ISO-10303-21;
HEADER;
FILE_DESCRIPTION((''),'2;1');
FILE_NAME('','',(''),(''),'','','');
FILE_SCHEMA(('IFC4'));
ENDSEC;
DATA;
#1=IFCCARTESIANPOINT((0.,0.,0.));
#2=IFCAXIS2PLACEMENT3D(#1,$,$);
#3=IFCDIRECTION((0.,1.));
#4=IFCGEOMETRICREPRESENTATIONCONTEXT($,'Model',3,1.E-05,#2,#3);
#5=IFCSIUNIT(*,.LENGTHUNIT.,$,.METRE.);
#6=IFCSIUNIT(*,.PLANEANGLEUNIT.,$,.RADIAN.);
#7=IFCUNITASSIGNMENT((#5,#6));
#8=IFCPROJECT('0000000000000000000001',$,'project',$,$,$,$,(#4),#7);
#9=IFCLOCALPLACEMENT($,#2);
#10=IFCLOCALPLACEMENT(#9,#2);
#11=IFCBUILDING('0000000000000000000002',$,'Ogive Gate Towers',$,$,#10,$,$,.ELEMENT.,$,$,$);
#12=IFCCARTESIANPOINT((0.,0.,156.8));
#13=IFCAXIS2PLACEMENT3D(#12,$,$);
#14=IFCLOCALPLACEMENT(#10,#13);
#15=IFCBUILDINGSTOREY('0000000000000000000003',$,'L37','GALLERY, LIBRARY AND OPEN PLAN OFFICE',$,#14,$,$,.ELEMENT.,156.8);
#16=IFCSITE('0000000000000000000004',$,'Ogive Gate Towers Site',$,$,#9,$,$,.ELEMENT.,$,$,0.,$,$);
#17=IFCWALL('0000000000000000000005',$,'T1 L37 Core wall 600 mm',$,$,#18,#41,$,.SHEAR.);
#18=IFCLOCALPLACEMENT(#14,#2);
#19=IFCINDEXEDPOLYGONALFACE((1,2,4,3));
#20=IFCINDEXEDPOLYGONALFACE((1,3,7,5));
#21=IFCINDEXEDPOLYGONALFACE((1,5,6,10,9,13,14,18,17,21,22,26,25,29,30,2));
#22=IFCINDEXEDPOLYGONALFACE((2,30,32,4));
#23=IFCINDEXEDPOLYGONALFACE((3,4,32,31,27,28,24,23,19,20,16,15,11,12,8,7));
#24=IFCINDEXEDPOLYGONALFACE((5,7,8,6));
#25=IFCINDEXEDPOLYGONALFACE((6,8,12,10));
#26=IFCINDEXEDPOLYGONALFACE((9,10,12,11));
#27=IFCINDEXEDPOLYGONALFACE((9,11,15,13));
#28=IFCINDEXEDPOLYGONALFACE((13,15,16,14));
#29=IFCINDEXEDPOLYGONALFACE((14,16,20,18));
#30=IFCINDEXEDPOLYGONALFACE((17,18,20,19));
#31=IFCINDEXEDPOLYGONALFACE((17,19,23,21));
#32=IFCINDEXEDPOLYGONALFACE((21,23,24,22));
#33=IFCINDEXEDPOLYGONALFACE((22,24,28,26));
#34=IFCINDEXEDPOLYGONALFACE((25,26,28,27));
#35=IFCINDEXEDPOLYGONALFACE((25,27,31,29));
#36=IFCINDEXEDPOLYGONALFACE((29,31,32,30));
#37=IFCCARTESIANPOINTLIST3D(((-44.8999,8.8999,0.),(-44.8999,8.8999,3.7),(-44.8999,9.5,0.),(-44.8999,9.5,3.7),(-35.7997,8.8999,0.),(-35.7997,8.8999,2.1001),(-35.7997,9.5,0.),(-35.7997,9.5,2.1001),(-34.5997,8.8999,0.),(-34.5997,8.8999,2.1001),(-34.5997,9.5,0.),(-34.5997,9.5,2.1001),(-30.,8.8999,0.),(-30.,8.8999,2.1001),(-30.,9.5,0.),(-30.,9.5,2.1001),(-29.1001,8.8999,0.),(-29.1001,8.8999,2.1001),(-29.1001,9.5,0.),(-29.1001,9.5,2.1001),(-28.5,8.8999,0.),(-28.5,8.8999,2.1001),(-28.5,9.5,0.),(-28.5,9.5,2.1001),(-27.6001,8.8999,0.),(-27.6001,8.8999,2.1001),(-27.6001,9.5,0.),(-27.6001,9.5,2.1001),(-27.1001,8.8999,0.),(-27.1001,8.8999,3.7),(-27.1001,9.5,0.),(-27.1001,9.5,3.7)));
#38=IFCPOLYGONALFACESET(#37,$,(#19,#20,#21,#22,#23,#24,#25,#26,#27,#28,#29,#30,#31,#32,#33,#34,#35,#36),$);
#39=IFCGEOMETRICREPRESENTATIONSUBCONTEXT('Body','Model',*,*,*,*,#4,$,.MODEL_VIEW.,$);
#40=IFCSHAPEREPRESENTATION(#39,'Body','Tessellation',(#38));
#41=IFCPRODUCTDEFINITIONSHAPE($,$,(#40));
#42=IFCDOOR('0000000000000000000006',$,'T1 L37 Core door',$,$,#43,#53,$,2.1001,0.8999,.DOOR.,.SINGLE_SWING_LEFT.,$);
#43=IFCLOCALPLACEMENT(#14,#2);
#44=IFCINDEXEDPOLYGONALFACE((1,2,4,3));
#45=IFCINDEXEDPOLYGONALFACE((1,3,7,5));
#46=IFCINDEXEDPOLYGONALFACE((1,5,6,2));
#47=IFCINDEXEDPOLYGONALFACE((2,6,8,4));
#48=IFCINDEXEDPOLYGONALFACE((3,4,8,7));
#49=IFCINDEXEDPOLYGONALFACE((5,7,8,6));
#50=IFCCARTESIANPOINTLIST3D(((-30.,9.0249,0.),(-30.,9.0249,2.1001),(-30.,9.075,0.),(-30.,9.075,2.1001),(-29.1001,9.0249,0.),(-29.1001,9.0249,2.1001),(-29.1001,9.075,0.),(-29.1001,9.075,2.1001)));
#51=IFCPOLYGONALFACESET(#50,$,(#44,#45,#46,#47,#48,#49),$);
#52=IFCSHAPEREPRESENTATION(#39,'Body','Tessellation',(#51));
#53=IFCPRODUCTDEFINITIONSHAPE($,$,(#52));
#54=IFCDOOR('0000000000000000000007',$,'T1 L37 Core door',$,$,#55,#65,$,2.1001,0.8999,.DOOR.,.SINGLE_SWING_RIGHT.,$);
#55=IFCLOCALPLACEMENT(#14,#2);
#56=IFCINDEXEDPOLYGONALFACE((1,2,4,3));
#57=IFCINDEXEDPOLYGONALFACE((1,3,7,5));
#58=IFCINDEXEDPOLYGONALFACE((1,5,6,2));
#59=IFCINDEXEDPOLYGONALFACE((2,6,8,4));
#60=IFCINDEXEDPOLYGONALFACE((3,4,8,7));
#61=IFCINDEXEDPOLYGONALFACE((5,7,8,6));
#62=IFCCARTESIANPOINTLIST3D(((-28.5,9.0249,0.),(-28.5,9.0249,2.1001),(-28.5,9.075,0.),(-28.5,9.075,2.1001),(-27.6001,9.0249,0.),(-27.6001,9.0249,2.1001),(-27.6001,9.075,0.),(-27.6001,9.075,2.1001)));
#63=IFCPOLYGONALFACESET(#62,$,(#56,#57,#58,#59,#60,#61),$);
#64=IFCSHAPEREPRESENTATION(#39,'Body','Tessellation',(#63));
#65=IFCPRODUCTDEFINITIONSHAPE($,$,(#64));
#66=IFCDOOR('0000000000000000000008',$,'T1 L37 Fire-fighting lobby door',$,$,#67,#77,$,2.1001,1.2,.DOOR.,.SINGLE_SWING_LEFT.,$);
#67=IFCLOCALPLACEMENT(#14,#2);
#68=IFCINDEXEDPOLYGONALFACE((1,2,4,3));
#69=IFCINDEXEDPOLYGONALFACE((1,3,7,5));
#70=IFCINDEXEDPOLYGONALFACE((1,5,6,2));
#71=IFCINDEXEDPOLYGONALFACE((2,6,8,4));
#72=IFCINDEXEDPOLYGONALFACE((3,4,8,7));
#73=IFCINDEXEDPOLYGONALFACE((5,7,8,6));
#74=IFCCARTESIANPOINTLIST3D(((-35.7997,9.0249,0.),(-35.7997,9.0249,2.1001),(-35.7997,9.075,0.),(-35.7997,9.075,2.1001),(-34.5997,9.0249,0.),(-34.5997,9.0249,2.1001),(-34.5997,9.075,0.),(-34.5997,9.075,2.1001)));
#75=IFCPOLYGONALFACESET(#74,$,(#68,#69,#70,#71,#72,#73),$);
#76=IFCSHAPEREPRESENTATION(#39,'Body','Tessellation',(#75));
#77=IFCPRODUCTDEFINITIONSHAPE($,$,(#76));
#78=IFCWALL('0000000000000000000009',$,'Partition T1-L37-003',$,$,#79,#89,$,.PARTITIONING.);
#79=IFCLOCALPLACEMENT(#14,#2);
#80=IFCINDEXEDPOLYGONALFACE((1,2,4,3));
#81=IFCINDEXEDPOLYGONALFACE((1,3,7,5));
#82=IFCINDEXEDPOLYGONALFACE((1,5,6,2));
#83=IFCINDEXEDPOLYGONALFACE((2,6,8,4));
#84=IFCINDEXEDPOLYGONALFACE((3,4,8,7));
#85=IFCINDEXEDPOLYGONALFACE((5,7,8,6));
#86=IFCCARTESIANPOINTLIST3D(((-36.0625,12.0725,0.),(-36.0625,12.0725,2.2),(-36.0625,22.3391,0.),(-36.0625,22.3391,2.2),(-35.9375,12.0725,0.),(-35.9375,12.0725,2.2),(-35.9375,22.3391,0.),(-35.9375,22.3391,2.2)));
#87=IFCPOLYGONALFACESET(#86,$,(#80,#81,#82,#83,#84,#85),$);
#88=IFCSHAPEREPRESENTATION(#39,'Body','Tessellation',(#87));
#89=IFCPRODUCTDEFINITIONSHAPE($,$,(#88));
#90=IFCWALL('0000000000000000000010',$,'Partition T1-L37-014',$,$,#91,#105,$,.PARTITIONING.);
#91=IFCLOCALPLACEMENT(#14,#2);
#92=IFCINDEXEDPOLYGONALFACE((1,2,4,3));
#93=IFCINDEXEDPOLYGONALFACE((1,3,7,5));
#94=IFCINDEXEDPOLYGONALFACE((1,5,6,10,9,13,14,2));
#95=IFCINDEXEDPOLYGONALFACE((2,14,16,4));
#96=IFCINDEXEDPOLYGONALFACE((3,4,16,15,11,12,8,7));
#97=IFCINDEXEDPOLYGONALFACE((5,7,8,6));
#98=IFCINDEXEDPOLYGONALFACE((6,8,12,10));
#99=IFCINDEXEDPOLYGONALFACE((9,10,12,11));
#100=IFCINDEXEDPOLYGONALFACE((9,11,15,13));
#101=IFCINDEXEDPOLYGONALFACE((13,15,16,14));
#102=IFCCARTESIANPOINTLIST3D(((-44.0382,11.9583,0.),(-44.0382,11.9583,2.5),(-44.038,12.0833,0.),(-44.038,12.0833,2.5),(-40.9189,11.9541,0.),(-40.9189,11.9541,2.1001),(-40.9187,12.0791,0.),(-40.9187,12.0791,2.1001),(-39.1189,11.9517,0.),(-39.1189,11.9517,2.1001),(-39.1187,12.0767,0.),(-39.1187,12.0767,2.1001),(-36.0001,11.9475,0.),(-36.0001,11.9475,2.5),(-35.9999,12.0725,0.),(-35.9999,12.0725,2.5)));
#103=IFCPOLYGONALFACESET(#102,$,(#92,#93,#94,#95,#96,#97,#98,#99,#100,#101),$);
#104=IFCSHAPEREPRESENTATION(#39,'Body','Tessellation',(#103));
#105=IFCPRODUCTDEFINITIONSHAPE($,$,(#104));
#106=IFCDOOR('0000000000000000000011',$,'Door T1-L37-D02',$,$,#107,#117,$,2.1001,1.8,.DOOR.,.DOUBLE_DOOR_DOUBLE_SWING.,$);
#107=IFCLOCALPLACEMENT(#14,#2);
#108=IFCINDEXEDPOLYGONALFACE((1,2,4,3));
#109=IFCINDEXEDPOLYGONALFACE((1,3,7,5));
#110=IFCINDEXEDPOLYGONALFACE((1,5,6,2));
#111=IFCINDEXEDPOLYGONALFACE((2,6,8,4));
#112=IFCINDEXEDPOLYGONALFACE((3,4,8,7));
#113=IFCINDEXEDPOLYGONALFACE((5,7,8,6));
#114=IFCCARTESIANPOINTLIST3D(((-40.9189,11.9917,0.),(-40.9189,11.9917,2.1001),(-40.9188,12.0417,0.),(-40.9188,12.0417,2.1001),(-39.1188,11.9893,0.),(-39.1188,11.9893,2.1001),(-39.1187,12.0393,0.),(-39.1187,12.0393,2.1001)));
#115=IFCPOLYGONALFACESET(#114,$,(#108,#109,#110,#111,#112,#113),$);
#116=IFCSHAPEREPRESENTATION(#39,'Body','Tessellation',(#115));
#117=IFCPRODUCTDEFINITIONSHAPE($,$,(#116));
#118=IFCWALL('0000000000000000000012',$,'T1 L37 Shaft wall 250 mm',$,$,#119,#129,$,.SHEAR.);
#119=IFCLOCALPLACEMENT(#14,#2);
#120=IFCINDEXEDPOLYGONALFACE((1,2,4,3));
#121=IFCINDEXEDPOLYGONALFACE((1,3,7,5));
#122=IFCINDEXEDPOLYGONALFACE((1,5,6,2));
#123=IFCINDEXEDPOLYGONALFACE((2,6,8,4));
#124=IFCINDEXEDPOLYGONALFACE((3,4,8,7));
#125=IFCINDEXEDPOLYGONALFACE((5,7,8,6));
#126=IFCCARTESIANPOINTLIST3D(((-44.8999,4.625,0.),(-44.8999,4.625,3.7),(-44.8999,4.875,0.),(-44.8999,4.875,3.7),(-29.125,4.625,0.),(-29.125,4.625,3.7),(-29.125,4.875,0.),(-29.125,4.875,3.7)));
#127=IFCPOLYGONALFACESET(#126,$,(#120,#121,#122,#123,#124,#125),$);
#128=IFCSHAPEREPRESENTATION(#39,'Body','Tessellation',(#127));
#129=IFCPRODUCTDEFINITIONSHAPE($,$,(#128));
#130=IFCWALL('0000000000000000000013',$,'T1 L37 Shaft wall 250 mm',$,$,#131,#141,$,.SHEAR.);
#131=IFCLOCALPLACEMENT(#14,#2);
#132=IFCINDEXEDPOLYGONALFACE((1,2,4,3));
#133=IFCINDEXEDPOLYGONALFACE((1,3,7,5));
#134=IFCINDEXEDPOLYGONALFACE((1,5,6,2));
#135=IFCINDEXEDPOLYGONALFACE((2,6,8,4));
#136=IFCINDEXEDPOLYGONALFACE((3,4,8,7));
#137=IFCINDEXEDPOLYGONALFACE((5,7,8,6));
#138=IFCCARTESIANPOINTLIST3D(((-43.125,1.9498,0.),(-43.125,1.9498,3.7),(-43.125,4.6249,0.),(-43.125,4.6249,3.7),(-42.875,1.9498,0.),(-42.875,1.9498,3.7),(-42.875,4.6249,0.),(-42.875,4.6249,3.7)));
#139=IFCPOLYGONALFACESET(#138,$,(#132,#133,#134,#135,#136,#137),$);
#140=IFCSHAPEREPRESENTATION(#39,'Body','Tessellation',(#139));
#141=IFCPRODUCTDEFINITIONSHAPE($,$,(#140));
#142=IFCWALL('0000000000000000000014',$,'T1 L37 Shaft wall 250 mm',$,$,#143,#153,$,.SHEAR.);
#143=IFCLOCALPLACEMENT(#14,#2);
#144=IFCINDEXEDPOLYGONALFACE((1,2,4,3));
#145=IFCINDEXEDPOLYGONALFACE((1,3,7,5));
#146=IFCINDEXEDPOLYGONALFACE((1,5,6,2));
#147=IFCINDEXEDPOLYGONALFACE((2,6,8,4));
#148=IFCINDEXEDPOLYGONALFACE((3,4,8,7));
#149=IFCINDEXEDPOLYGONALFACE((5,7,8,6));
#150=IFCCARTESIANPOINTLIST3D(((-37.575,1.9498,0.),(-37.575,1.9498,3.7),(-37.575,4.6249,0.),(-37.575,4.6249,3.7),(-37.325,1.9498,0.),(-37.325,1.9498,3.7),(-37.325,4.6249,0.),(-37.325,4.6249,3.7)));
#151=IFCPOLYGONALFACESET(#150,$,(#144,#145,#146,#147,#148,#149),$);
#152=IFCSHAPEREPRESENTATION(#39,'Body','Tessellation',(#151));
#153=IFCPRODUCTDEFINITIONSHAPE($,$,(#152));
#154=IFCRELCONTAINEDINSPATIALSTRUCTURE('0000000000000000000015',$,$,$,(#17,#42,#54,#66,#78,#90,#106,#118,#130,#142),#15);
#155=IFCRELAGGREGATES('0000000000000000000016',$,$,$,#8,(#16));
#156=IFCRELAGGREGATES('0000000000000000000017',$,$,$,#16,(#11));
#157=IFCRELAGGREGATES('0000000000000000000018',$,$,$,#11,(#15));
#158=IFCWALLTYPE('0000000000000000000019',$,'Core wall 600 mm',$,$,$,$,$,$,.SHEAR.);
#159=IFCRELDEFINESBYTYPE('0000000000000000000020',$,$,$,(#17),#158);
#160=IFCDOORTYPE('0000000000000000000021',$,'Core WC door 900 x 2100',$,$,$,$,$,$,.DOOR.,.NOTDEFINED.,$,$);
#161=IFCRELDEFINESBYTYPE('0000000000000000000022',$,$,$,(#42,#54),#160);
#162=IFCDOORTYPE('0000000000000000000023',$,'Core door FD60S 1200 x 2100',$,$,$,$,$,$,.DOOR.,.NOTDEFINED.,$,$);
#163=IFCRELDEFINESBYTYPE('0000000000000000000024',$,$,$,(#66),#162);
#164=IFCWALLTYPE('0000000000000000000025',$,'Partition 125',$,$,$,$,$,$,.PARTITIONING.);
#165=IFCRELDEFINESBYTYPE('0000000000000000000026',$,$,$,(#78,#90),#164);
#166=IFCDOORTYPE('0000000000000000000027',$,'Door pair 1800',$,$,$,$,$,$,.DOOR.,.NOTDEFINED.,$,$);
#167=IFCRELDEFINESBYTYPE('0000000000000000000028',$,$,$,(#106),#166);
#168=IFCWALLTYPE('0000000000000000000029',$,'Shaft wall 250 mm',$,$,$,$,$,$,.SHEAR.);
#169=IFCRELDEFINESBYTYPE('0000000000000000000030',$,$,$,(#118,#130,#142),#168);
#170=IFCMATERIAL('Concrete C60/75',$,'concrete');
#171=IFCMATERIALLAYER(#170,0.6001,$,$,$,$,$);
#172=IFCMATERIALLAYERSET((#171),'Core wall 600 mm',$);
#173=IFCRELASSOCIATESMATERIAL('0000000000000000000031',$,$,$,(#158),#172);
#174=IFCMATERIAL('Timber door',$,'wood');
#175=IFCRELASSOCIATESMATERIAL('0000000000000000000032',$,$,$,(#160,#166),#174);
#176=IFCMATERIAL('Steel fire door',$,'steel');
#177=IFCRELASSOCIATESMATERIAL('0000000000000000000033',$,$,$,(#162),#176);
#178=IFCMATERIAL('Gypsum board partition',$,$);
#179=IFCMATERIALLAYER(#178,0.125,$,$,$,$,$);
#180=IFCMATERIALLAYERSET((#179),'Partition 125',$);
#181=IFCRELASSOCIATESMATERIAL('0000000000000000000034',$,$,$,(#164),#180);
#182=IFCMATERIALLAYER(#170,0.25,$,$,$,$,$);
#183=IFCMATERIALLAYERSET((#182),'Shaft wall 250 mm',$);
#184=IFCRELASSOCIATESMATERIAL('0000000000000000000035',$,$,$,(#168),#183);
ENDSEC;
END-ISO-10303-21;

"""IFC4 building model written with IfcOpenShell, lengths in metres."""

from ifc_helpers import new_model, si_unit, direction, frame, frame_2d, origin, place, context, subcontext, project, spatial, rectangle, extrude, material, layer, layer_set, type_object, element, fill, save


model = new_model("IFC4")

# Units and contexts
model_context = context("Model", 3, precision=1e-05, world=origin(), true_north=direction((0.0, 1.0)))
body_context = subcontext(model_context, "Body", "Model", "MODEL_VIEW")
ifc_project = project(units=[si_unit("LENGTHUNIT", "METRE"), si_unit("PLANEANGLEUNIT", "RADIAN")], contexts=[model_context])

# Site, building, storey
site_placement = place(None, origin())
site = spatial("IfcSite", under=ifc_project, at=site_placement, Name="Ogive Gate Towers Site", CompositionType="ELEMENT", RefElevation=0.0)
building_placement = place(site_placement, origin())
building = spatial("IfcBuilding", under=site, at=building_placement, Name="Ogive Gate Towers", CompositionType="ELEMENT")
storey_placement = place(building_placement, frame((0.0, 0.0, 156.8)))
storey = spatial("IfcBuildingStorey", under=building, at=storey_placement, Name="L37", Description="GALLERY, LIBRARY AND OPEN PLAN OFFICE", CompositionType="ELEMENT", Elevation=156.8)

# Wall, openings, doors
ifc_material_1 = material(Name="Concrete C60/75", Category="concrete")
ifc_layer_1 = layer(ifc_material_1, 0.6001)
ifc_layer_set_1 = layer_set([ifc_layer_1], Name="Core wall 600 mm")
wall_type_1 = type_object("IfcWallType", Name="Core wall 600 mm", PredefinedType="SHEAR", material=ifc_layer_set_1)
wall_1_placement = place(storey_placement, frame((-44.8999, 9.2, 0.0), z_axis=(0.0, 0.0, 1.0), x_axis=(1.0, 0.0, 0.0)))
wall_1 = element("IfcWall", 1, at=wall_1_placement, inside=storey, type_object=wall_type_1, Name="T1 L37 Core wall 600 mm", PredefinedType="SHEAR", context=body_context, shape_type="SweptSolid", body=[
    extrude(rectangle(XDim=17.7998, YDim=0.6001, at=frame_2d((8.8999, 0.0))), origin(), (0.0, 0.0, 1.0), 3.7),
])
opening_1_placement = place(wall_1_placement, frame((9.1001, 0.0, 0.0)))
opening_1 = element("IfcOpeningElement", 2, at=opening_1_placement, cuts=wall_1, PredefinedType="OPENING", context=body_context, shape_type="SweptSolid", body=[
    extrude(rectangle(XDim=1.2, YDim=2.1001, at=frame_2d((0.6001, 1.05))), frame((0.0, 0.3101, 0.0), z_axis=(0.0, -1.0, 0.0), x_axis=(1.0, 0.0, 0.0)), (0.0, 0.0, 1.0), 0.6201),
])
opening_2_placement = place(wall_1_placement, frame((14.8999, 0.0, 0.0)))
opening_2 = element("IfcOpeningElement", 3, at=opening_2_placement, cuts=wall_1, PredefinedType="OPENING", context=body_context, shape_type="SweptSolid", body=[
    extrude(rectangle(XDim=0.8999, YDim=2.1001, at=frame_2d((0.45, 1.05))), frame((0.0, 0.3101, 0.0), z_axis=(0.0, -1.0, 0.0), x_axis=(1.0, 0.0, 0.0)), (0.0, 0.0, 1.0), 0.6201),
])
opening_3_placement = place(wall_1_placement, frame((16.3999, 0.0, 0.0)))
opening_3 = element("IfcOpeningElement", 4, at=opening_3_placement, cuts=wall_1, PredefinedType="OPENING", context=body_context, shape_type="SweptSolid", body=[
    extrude(rectangle(XDim=0.8999, YDim=2.1001, at=frame_2d((0.45, 1.05))), frame((0.0, 0.3101, 0.0), z_axis=(0.0, -1.0, 0.0), x_axis=(1.0, 0.0, 0.0)), (0.0, 0.0, 1.0), 0.6201),
])
ifc_material_2 = material(Name="Timber door", Category="wood")
door_type_1 = type_object("IfcDoorType", Name="Core WC door 900 x 2100", OperationType="NOTDEFINED", PredefinedType="DOOR", material=ifc_material_2)
door_1_placement = place(opening_2_placement, origin())
door_1 = element("IfcDoor", 5, at=door_1_placement, inside=storey, type_object=door_type_1, Name="T1 L37 Core door", OperationType="SINGLE_SWING_LEFT", OverallHeight=2.1001, OverallWidth=0.8999, PredefinedType="DOOR", context=body_context, shape_type="SweptSolid", body=[
    extrude(rectangle(XDim=0.8999, YDim=2.1001, at=frame_2d((0.45, 1.05))), frame((0.0, -0.125, 0.0), z_axis=(0.0, -1.0, 0.0), x_axis=(1.0, 0.0, 0.0)), (0.0, 0.0, 1.0), 0.05),
])
fill(opening_2, door_1)
door_2_placement = place(opening_3_placement, origin())
door_2 = element("IfcDoor", 6, at=door_2_placement, inside=storey, type_object=door_type_1, Name="T1 L37 Core door", OperationType="SINGLE_SWING_RIGHT", OverallHeight=2.1001, OverallWidth=0.8999, PredefinedType="DOOR", context=body_context, shape_type="SweptSolid", body=[
    extrude(rectangle(XDim=0.8999, YDim=2.1001, at=frame_2d((0.45, 1.05))), frame((0.0, -0.125, 0.0), z_axis=(0.0, -1.0, 0.0), x_axis=(1.0, 0.0, 0.0)), (0.0, 0.0, 1.0), 0.05),
])
fill(opening_3, door_2)
ifc_material_3 = material(Name="Steel fire door", Category="steel")
door_type_2 = type_object("IfcDoorType", Name="Core door FD60S 1200 x 2100", OperationType="NOTDEFINED", PredefinedType="DOOR", material=ifc_material_3)
door_3_placement = place(opening_1_placement, origin())
door_3 = element("IfcDoor", 7, at=door_3_placement, inside=storey, type_object=door_type_2, Name="T1 L37 Fire-fighting lobby door", OperationType="SINGLE_SWING_LEFT", OverallHeight=2.1001, OverallWidth=1.2, PredefinedType="DOOR", context=body_context, shape_type="SweptSolid", body=[
    extrude(rectangle(XDim=1.2, YDim=2.1001, at=frame_2d((0.6001, 1.05))), frame((0.0, -0.125, 0.0), z_axis=(0.0, -1.0, 0.0), x_axis=(1.0, 0.0, 0.0)), (0.0, 0.0, 1.0), 0.05),
])
fill(opening_1, door_3)

# Wall
ifc_material_4 = material(Name="Gypsum board partition")
ifc_layer_2 = layer(ifc_material_4, 0.125)
ifc_layer_set_2 = layer_set([ifc_layer_2], Name="Partition 125")
wall_type_2 = type_object("IfcWallType", Name="Partition 125", PredefinedType="PARTITIONING", material=ifc_layer_set_2)
wall_2_placement = place(storey_placement, frame((-36.0, 22.3391, 0.0), z_axis=(0.0, 0.0, 1.0), x_axis=(0.0, -1.0, 0.0)))
element("IfcWall", 8, at=wall_2_placement, inside=storey, type_object=wall_type_2, Name="Partition T1-L37-003", PredefinedType="PARTITIONING", context=body_context, shape_type="SweptSolid", body=[
    extrude(rectangle(XDim=10.2666, YDim=0.125, at=frame_2d((5.1333, 0.0))), origin(), (0.0, 0.0, 1.0), 2.2),
])

# Wall, opening, door
wall_3_placement = place(storey_placement, frame((-36.0, 12.01, 0.0), z_axis=(0.0, 0.0, 1.0), x_axis=(-0.999999, 0.001336, 0.0)))
wall_3 = element("IfcWall", 9, at=wall_3_placement, inside=storey, type_object=wall_type_2, Name="Partition T1-L37-014", PredefinedType="PARTITIONING", context=body_context, shape_type="SweptSolid", body=[
    extrude(rectangle(XDim=8.0381, YDim=0.125, at=frame_2d((4.019, 0.0))), origin(), (0.0, 0.0, 1.0), 2.5),
])
opening_4_placement = place(wall_3_placement, frame((3.1189, 0.0, 0.0)))
opening_4 = element("IfcOpeningElement", 10, at=opening_4_placement, cuts=wall_3, PredefinedType="OPENING", context=body_context, shape_type="SweptSolid", body=[
    extrude(rectangle(XDim=1.8, YDim=2.1001, at=frame_2d((0.8999, 1.05))), frame((0.0, 0.0725, 0.0), z_axis=(0.0, -1.0, 0.0), x_axis=(1.0, 0.0, 0.0)), (0.0, 0.0, 1.0), 0.145),
])
door_type_3 = type_object("IfcDoorType", Name="Door pair 1800", OperationType="NOTDEFINED", PredefinedType="DOOR", material=ifc_material_2)
door_4_placement = place(opening_4_placement, origin())
door_4 = element("IfcDoor", 11, at=door_4_placement, inside=storey, type_object=door_type_3, Name="Door T1-L37-D02", OperationType="DOUBLE_DOOR_DOUBLE_SWING", OverallHeight=2.1001, OverallWidth=1.8, PredefinedType="DOOR", context=body_context, shape_type="SweptSolid", body=[
    extrude(rectangle(XDim=1.8, YDim=2.1001, at=frame_2d((0.8999, 1.05))), frame((0.0, 0.0249, 0.0), z_axis=(0.0, -1.0, 0.0), x_axis=(1.0, 0.0, 0.0)), (0.0, 0.0, 1.0), 0.05),
])
fill(opening_4, door_4)

# Walls
ifc_layer_3 = layer(ifc_material_1, 0.25)
ifc_layer_set_3 = layer_set([ifc_layer_3], Name="Shaft wall 250 mm")
wall_type_3 = type_object("IfcWallType", Name="Shaft wall 250 mm", PredefinedType="SHEAR", material=ifc_layer_set_3)
wall_4_placement = place(storey_placement, frame((-44.8999, 4.75, 0.0), z_axis=(0.0, 0.0, 1.0), x_axis=(1.0, 0.0, 0.0)))
element("IfcWall", 12, at=wall_4_placement, inside=storey, type_object=wall_type_3, Name="T1 L37 Shaft wall 250 mm", PredefinedType="SHEAR", context=body_context, shape_type="SweptSolid", body=[
    extrude(rectangle(XDim=15.7749, YDim=0.25, at=frame_2d((7.8875, 0.0))), origin(), (0.0, 0.0, 1.0), 3.7),
])
for number, where, z_axis, x_axis, name in (
    (13, (-43.0, 1.95, 0.0), (0.0, 0.0, 1.0), (0.0, 1.0, 0.0), "T1 L37 Shaft wall 250 mm"),
    (14, (-37.45, 1.95, 0.0), (0.0, 0.0, 1.0), (0.0, 1.0, 0.0), "T1 L37 Shaft wall 250 mm"),
):
    element("IfcWall", number, at=place(storey_placement, frame(where, z_axis=z_axis, x_axis=x_axis)), inside=storey, type_object=wall_type_3, Name=name, PredefinedType="SHEAR", context=body_context, shape_type="SweptSolid", body=[
        extrude(rectangle(XDim=2.675, YDim=0.25, at=frame_2d((1.3374, 0.0))), origin(), (0.0, 0.0, 1.0), 3.7),
    ])

save(model, "model.ifc")
